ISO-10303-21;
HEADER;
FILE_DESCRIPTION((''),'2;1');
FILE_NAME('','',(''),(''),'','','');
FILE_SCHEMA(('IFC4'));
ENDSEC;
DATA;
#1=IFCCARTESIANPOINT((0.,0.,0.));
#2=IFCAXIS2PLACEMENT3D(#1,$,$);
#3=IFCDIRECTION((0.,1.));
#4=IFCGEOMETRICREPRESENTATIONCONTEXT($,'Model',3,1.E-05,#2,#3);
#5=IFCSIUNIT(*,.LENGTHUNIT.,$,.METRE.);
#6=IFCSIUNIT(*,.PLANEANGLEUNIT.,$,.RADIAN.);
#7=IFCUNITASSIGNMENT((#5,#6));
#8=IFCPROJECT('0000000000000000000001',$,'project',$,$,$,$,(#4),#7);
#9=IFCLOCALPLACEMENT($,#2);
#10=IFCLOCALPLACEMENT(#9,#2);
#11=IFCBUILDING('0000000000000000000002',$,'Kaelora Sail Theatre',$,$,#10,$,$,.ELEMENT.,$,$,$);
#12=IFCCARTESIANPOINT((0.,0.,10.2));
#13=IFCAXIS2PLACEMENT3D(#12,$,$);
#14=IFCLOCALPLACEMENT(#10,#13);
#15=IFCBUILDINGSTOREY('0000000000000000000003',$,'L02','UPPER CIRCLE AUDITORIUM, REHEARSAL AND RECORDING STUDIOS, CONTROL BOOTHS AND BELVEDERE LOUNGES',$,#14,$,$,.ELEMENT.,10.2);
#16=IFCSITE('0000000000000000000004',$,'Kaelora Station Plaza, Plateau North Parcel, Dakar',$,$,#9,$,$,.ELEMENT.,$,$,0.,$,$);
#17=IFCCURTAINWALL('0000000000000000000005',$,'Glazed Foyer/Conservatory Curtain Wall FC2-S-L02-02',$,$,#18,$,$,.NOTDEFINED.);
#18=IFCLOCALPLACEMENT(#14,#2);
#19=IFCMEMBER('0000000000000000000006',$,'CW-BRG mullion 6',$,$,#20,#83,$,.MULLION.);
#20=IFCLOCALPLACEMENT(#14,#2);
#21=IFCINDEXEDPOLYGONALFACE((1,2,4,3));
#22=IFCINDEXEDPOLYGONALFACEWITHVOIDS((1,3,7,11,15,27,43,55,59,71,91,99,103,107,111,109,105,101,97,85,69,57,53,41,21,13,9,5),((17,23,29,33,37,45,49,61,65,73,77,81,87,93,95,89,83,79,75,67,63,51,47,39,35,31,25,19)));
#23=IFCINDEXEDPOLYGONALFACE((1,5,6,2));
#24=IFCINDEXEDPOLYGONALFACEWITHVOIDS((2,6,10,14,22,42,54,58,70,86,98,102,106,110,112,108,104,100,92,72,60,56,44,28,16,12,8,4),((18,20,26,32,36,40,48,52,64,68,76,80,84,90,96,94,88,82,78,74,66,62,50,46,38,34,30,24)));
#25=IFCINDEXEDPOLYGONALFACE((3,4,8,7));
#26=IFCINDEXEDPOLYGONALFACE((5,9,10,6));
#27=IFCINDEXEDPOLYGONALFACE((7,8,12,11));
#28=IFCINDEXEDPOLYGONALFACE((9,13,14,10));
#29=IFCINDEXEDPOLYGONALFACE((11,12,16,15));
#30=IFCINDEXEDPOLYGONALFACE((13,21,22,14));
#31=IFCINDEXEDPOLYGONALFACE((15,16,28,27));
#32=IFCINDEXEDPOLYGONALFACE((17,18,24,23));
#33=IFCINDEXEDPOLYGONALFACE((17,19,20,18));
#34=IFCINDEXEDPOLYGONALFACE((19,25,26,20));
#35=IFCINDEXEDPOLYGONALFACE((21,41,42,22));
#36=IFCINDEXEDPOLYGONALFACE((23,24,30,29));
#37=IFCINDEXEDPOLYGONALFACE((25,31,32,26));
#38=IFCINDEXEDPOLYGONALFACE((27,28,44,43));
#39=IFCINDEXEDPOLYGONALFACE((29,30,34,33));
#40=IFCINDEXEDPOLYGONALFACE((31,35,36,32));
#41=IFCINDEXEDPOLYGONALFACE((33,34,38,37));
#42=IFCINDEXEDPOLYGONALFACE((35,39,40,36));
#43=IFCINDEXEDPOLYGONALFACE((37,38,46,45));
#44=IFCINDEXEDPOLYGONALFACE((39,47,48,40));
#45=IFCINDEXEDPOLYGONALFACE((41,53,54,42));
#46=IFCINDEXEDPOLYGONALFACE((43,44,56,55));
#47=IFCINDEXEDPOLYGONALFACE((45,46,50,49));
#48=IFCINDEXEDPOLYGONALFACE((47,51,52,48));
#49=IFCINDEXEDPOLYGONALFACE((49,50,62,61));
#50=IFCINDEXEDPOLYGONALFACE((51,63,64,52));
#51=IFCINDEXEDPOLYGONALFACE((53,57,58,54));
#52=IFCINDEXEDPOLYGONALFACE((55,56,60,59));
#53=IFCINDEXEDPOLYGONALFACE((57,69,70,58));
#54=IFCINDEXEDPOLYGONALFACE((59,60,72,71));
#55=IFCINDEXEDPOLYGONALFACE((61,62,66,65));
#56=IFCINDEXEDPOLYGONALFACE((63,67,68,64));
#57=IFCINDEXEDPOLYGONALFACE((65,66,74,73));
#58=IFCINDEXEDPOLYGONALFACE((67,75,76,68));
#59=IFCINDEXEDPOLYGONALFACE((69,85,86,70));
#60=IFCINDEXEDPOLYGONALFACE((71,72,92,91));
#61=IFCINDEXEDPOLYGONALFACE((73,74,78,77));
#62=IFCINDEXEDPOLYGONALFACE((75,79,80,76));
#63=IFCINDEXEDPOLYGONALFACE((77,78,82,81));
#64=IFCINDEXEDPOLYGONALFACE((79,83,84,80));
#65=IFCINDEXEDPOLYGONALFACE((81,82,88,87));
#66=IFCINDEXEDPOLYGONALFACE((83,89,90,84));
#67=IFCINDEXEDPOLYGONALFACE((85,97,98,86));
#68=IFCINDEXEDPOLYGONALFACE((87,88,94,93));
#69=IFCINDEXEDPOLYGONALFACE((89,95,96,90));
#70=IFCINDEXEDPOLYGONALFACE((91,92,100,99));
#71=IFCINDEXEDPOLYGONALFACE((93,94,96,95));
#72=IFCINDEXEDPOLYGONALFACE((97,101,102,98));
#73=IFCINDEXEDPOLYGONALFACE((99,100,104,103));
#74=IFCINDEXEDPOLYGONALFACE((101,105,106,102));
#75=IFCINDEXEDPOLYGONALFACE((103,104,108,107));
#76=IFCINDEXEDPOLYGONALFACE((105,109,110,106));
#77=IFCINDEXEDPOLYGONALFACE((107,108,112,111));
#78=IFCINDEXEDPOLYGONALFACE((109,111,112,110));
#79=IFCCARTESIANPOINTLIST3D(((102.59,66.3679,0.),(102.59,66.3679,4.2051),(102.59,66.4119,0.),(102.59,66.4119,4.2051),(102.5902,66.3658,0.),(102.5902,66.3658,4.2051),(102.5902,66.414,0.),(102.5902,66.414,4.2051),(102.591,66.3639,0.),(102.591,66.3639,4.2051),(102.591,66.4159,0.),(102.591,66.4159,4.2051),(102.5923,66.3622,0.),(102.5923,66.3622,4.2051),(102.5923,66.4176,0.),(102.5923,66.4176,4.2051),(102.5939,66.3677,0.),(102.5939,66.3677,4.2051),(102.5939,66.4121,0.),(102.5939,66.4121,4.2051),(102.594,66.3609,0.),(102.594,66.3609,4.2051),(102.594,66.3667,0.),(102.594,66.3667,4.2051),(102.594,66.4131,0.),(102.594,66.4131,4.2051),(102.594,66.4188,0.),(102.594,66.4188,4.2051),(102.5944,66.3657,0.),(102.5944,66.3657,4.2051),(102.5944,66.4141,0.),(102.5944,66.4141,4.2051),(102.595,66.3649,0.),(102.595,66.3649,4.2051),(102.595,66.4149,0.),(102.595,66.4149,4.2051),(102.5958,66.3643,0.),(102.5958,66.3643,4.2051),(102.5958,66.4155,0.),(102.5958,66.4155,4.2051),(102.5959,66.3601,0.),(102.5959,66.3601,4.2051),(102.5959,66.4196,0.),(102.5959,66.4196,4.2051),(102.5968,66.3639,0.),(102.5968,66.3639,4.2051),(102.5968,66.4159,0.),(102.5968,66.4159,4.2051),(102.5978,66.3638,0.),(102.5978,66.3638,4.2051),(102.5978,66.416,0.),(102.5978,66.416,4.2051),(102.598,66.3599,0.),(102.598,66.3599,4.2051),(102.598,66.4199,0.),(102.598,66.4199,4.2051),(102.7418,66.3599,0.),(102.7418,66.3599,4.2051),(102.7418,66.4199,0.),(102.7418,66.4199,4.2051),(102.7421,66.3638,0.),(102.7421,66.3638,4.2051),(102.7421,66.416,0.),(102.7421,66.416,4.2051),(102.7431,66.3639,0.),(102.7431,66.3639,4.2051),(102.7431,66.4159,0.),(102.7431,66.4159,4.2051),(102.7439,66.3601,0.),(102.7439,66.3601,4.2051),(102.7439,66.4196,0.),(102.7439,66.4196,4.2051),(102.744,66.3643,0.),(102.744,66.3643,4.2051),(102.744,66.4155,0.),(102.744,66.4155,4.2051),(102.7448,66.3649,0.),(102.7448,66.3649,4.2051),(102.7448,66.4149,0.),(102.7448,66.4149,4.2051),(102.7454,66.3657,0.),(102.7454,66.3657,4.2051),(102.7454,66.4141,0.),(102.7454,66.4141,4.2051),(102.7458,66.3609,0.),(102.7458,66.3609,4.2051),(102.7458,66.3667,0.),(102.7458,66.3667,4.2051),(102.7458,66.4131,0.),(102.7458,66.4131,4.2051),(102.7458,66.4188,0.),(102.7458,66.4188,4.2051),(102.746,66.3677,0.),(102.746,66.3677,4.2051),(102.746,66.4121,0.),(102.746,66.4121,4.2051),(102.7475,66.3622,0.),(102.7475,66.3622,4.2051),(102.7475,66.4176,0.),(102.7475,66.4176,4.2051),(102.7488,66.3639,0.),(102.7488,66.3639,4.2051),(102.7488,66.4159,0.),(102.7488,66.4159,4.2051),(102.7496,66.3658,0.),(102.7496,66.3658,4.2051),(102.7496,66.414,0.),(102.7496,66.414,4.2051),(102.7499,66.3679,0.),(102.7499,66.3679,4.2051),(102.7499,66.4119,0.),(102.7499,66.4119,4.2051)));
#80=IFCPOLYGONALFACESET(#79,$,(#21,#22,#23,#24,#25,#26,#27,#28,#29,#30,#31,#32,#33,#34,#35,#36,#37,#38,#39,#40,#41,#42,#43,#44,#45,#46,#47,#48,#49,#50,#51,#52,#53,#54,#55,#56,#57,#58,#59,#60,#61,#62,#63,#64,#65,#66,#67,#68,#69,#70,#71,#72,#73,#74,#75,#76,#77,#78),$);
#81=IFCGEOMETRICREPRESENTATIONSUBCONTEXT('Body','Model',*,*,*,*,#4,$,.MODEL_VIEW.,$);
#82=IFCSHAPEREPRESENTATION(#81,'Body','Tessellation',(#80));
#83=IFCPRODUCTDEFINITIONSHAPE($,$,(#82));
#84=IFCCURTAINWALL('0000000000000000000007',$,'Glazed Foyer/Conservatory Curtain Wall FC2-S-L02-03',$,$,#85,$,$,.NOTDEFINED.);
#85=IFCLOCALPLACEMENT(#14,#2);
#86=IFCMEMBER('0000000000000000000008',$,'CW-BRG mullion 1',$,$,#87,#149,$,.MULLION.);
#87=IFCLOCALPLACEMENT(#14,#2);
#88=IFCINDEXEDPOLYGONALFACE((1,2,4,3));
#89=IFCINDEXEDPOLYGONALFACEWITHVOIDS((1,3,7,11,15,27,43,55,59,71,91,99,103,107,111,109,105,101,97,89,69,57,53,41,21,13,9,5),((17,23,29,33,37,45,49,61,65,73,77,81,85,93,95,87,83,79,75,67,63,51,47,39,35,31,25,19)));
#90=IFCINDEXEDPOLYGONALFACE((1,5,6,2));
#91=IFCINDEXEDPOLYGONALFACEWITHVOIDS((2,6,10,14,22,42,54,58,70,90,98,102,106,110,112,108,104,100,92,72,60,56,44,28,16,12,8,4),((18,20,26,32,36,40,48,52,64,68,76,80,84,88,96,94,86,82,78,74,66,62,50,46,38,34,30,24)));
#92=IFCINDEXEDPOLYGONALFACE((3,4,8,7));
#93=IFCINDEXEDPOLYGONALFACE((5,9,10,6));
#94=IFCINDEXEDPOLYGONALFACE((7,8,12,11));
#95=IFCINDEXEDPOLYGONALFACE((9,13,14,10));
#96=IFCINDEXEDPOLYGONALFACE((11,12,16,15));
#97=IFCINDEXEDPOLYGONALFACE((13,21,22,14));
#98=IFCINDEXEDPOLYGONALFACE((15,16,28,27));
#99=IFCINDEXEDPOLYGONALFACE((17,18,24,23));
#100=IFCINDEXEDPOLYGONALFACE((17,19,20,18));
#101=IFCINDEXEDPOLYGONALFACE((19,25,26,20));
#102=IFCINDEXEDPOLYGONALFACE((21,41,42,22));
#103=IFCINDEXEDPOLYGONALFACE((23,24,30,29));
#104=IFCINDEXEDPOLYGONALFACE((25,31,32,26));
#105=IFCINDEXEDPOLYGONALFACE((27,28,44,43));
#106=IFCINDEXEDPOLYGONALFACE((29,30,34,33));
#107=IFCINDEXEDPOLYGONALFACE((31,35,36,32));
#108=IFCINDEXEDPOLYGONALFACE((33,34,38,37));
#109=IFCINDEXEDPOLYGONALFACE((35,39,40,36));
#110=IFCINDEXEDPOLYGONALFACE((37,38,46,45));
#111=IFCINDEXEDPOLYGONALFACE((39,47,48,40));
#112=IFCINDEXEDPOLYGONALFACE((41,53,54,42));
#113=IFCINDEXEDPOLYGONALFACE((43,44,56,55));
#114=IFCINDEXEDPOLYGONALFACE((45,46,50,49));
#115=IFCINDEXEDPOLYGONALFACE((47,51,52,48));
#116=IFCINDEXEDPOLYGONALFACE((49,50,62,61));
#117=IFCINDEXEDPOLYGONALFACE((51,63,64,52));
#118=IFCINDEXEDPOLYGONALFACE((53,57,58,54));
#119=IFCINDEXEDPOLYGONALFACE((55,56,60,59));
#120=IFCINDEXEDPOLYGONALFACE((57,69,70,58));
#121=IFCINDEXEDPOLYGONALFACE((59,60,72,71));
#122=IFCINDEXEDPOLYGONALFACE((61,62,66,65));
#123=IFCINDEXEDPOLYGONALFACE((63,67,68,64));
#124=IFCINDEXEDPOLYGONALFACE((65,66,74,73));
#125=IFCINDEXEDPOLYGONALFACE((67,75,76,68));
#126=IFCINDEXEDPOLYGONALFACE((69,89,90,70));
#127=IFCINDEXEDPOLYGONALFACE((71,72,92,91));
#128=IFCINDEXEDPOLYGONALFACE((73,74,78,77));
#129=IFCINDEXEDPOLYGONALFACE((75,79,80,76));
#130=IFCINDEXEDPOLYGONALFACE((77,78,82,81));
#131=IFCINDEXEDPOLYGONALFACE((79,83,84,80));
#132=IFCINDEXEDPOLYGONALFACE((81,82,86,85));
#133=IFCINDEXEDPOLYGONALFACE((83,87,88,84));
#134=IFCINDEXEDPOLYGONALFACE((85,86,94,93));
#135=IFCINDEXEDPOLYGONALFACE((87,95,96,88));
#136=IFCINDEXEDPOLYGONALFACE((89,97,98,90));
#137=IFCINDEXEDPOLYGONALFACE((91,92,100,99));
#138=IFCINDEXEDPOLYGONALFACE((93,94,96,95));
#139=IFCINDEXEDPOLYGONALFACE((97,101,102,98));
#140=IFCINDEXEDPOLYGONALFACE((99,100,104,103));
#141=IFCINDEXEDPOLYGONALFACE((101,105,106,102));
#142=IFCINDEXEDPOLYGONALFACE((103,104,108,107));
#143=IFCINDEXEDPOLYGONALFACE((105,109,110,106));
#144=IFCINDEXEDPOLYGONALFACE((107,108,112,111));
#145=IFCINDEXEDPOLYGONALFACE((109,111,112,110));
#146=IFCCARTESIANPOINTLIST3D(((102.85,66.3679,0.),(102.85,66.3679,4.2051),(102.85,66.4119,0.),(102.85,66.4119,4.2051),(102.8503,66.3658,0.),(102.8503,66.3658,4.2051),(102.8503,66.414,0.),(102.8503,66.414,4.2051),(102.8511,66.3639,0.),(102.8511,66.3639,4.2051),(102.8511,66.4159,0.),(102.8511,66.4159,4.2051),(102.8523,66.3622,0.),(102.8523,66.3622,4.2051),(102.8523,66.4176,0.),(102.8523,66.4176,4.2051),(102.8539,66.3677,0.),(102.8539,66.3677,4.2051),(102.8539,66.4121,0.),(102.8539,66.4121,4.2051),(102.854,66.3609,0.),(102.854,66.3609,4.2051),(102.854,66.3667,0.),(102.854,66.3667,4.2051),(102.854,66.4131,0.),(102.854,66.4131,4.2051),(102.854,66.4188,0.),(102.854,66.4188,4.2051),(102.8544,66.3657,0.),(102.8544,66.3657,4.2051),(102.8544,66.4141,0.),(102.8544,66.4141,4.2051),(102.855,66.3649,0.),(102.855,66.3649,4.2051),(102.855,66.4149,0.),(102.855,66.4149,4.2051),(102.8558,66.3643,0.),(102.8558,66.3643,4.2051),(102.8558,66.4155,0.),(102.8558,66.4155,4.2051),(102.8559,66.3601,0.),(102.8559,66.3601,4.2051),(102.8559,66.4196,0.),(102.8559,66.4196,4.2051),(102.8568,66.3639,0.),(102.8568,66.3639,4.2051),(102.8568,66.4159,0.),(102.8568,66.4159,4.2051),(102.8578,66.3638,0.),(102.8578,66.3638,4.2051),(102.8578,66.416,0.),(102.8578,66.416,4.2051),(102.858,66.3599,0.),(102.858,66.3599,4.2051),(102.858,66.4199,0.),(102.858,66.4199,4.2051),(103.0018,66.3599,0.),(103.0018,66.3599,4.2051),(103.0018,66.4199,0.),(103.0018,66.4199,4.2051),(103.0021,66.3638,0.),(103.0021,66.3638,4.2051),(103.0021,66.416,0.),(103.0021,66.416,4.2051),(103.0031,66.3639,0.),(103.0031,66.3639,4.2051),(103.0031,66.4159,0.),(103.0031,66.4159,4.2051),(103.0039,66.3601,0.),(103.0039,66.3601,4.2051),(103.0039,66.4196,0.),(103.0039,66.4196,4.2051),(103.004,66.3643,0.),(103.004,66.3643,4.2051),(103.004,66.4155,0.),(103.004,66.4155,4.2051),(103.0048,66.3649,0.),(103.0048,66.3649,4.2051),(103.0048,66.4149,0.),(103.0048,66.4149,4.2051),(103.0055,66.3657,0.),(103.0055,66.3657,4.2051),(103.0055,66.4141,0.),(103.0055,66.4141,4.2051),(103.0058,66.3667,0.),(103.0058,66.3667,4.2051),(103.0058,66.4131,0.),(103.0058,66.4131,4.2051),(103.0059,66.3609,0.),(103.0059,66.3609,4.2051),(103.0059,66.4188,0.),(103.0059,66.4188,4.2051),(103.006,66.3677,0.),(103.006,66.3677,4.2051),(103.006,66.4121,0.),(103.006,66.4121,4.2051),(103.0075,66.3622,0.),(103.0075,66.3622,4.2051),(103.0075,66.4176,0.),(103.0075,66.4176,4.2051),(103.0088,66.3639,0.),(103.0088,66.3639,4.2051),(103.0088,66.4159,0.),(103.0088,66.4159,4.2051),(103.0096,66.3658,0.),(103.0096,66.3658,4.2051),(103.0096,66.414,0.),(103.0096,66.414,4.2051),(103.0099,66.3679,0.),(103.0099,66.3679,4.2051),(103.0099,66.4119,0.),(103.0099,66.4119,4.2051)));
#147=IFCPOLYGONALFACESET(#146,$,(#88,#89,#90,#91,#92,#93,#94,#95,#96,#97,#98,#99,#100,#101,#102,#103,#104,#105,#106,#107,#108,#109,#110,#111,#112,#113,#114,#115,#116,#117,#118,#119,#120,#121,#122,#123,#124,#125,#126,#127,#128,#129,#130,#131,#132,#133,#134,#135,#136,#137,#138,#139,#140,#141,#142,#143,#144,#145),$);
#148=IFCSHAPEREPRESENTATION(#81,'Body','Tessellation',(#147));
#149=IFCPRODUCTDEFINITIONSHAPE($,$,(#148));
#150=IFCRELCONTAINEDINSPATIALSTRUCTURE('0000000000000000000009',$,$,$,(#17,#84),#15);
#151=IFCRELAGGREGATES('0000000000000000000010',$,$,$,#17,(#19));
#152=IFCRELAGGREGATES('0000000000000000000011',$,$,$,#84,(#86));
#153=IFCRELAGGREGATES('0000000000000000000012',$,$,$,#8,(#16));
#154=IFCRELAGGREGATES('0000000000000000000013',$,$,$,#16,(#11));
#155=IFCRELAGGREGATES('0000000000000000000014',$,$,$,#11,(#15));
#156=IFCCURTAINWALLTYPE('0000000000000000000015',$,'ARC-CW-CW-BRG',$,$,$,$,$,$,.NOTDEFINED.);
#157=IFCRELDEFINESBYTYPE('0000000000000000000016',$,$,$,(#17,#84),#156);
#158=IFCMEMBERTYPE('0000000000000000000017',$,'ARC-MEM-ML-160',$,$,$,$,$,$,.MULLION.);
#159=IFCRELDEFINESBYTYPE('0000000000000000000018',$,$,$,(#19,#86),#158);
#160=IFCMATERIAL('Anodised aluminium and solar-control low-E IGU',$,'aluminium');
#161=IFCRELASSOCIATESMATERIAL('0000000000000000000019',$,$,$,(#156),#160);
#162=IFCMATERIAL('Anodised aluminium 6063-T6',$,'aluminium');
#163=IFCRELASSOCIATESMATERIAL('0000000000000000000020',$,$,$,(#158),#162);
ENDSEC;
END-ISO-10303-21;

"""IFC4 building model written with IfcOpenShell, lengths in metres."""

from ifc_helpers import new_model, si_unit, direction, frame, origin, origin_2d, place, context, subcontext, project, spatial, hollow_rectangle, extrude, material, material_profile, profile_set, type_object, element, aggregate, save


model = new_model("IFC4")

# Units and contexts
model_context = context("Model", 3, precision=1e-05, world=origin(), true_north=direction((0.0, 1.0)))
body_context = subcontext(model_context, "Body", "Model", "MODEL_VIEW")
ifc_project = project(units=[si_unit("LENGTHUNIT", "METRE"), si_unit("PLANEANGLEUNIT", "RADIAN")], contexts=[model_context])

# Site, building, storey
site_placement = place(None, origin())
site = spatial("IfcSite", under=ifc_project, at=site_placement, Name="Kaelora Station Plaza, Plateau North Parcel, Dakar", CompositionType="ELEMENT", RefElevation=0.0)
building_placement = place(site_placement, origin())
building = spatial("IfcBuilding", under=site, at=building_placement, Name="Kaelora Sail Theatre", CompositionType="ELEMENT")
storey_placement = place(building_placement, frame((0.0, 0.0, 10.2)))
storey = spatial("IfcBuildingStorey", under=building, at=storey_placement, Name="L02", Description="UPPER CIRCLE AUDITORIUM, REHEARSAL AND RECORDING STUDIOS, CONTROL BOOTHS AND BELVEDERE LOUNGES", CompositionType="ELEMENT", Elevation=10.2)

# Curtain wall, member
ifc_material_1 = material(Name="Anodised aluminium and solar-control low-E IGU", Category="aluminium")
curtain_wall_type = type_object("IfcCurtainWallType", Name="ARC-CW-CW-BRG", PredefinedType="NOTDEFINED", material=ifc_material_1)
curtain_wall_1_placement = place(storey_placement, origin())
curtain_wall_1 = element("IfcCurtainWall", 1, at=curtain_wall_1_placement, inside=storey, type_object=curtain_wall_type, Name="Glazed Foyer/Conservatory Curtain Wall FC2-S-L02-02", PredefinedType="NOTDEFINED")
ifc_material_2 = material(Name="Anodised aluminium 6063-T6", Category="aluminium")
ifc_material_profile_1 = material_profile(ifc_material_2, hollow_rectangle(XDim=0.0601, YDim=0.1599, WallThickness=0.0039, InnerFilletRadius=0.0039, OuterFilletRadius=0.0081, at=origin_2d()), Name="ALU-MULL 60x160x4")
ifc_profile_set_1 = profile_set([ifc_material_profile_1], Name="Anodised aluminium 6063-T6")
member_type_1 = type_object("IfcMemberType", Name="ARC-MEM-ML-160", PredefinedType="MULLION", material=ifc_profile_set_1)
member_1_placement = place(storey_placement, frame((102.6699, 66.3899, 0.0), z_axis=(0.0, 0.0, 1.0), x_axis=(0.0, 1.0, 0.0)))
member_1 = element("IfcMember", 2, at=member_1_placement, type_object=member_type_1, Name="CW-BRG mullion 6", PredefinedType="MULLION", context=body_context, shape_type="SweptSolid", body=[
    extrude(hollow_rectangle(XDim=0.0601, YDim=0.1599, WallThickness=0.0039, InnerFilletRadius=0.0039, OuterFilletRadius=0.0081, at=origin_2d()), origin(), (0.0, 0.0, 1.0), 4.2051),
])
aggregate(curtain_wall_1, [member_1])

# Curtain wall, member
curtain_wall_2_placement = place(storey_placement, origin())
curtain_wall_2 = element("IfcCurtainWall", 3, at=curtain_wall_2_placement, inside=storey, type_object=curtain_wall_type, Name="Glazed Foyer/Conservatory Curtain Wall FC2-S-L02-03", PredefinedType="NOTDEFINED")
member_2_placement = place(storey_placement, frame((102.9299, 66.3899, 0.0), z_axis=(0.0, 0.0, 1.0), x_axis=(0.0, 1.0, 0.0)))
member_2 = element("IfcMember", 4, at=member_2_placement, type_object=member_type_1, Name="CW-BRG mullion 1", PredefinedType="MULLION", context=body_context, shape_type="SweptSolid", body=[
    extrude(hollow_rectangle(XDim=0.0601, YDim=0.1599, WallThickness=0.0039, InnerFilletRadius=0.0039, OuterFilletRadius=0.0081, at=origin_2d()), origin(), (0.0, 0.0, 1.0), 4.2051),
])

aggregate(curtain_wall_2, [member_2])

save(model, "model.ifc")
